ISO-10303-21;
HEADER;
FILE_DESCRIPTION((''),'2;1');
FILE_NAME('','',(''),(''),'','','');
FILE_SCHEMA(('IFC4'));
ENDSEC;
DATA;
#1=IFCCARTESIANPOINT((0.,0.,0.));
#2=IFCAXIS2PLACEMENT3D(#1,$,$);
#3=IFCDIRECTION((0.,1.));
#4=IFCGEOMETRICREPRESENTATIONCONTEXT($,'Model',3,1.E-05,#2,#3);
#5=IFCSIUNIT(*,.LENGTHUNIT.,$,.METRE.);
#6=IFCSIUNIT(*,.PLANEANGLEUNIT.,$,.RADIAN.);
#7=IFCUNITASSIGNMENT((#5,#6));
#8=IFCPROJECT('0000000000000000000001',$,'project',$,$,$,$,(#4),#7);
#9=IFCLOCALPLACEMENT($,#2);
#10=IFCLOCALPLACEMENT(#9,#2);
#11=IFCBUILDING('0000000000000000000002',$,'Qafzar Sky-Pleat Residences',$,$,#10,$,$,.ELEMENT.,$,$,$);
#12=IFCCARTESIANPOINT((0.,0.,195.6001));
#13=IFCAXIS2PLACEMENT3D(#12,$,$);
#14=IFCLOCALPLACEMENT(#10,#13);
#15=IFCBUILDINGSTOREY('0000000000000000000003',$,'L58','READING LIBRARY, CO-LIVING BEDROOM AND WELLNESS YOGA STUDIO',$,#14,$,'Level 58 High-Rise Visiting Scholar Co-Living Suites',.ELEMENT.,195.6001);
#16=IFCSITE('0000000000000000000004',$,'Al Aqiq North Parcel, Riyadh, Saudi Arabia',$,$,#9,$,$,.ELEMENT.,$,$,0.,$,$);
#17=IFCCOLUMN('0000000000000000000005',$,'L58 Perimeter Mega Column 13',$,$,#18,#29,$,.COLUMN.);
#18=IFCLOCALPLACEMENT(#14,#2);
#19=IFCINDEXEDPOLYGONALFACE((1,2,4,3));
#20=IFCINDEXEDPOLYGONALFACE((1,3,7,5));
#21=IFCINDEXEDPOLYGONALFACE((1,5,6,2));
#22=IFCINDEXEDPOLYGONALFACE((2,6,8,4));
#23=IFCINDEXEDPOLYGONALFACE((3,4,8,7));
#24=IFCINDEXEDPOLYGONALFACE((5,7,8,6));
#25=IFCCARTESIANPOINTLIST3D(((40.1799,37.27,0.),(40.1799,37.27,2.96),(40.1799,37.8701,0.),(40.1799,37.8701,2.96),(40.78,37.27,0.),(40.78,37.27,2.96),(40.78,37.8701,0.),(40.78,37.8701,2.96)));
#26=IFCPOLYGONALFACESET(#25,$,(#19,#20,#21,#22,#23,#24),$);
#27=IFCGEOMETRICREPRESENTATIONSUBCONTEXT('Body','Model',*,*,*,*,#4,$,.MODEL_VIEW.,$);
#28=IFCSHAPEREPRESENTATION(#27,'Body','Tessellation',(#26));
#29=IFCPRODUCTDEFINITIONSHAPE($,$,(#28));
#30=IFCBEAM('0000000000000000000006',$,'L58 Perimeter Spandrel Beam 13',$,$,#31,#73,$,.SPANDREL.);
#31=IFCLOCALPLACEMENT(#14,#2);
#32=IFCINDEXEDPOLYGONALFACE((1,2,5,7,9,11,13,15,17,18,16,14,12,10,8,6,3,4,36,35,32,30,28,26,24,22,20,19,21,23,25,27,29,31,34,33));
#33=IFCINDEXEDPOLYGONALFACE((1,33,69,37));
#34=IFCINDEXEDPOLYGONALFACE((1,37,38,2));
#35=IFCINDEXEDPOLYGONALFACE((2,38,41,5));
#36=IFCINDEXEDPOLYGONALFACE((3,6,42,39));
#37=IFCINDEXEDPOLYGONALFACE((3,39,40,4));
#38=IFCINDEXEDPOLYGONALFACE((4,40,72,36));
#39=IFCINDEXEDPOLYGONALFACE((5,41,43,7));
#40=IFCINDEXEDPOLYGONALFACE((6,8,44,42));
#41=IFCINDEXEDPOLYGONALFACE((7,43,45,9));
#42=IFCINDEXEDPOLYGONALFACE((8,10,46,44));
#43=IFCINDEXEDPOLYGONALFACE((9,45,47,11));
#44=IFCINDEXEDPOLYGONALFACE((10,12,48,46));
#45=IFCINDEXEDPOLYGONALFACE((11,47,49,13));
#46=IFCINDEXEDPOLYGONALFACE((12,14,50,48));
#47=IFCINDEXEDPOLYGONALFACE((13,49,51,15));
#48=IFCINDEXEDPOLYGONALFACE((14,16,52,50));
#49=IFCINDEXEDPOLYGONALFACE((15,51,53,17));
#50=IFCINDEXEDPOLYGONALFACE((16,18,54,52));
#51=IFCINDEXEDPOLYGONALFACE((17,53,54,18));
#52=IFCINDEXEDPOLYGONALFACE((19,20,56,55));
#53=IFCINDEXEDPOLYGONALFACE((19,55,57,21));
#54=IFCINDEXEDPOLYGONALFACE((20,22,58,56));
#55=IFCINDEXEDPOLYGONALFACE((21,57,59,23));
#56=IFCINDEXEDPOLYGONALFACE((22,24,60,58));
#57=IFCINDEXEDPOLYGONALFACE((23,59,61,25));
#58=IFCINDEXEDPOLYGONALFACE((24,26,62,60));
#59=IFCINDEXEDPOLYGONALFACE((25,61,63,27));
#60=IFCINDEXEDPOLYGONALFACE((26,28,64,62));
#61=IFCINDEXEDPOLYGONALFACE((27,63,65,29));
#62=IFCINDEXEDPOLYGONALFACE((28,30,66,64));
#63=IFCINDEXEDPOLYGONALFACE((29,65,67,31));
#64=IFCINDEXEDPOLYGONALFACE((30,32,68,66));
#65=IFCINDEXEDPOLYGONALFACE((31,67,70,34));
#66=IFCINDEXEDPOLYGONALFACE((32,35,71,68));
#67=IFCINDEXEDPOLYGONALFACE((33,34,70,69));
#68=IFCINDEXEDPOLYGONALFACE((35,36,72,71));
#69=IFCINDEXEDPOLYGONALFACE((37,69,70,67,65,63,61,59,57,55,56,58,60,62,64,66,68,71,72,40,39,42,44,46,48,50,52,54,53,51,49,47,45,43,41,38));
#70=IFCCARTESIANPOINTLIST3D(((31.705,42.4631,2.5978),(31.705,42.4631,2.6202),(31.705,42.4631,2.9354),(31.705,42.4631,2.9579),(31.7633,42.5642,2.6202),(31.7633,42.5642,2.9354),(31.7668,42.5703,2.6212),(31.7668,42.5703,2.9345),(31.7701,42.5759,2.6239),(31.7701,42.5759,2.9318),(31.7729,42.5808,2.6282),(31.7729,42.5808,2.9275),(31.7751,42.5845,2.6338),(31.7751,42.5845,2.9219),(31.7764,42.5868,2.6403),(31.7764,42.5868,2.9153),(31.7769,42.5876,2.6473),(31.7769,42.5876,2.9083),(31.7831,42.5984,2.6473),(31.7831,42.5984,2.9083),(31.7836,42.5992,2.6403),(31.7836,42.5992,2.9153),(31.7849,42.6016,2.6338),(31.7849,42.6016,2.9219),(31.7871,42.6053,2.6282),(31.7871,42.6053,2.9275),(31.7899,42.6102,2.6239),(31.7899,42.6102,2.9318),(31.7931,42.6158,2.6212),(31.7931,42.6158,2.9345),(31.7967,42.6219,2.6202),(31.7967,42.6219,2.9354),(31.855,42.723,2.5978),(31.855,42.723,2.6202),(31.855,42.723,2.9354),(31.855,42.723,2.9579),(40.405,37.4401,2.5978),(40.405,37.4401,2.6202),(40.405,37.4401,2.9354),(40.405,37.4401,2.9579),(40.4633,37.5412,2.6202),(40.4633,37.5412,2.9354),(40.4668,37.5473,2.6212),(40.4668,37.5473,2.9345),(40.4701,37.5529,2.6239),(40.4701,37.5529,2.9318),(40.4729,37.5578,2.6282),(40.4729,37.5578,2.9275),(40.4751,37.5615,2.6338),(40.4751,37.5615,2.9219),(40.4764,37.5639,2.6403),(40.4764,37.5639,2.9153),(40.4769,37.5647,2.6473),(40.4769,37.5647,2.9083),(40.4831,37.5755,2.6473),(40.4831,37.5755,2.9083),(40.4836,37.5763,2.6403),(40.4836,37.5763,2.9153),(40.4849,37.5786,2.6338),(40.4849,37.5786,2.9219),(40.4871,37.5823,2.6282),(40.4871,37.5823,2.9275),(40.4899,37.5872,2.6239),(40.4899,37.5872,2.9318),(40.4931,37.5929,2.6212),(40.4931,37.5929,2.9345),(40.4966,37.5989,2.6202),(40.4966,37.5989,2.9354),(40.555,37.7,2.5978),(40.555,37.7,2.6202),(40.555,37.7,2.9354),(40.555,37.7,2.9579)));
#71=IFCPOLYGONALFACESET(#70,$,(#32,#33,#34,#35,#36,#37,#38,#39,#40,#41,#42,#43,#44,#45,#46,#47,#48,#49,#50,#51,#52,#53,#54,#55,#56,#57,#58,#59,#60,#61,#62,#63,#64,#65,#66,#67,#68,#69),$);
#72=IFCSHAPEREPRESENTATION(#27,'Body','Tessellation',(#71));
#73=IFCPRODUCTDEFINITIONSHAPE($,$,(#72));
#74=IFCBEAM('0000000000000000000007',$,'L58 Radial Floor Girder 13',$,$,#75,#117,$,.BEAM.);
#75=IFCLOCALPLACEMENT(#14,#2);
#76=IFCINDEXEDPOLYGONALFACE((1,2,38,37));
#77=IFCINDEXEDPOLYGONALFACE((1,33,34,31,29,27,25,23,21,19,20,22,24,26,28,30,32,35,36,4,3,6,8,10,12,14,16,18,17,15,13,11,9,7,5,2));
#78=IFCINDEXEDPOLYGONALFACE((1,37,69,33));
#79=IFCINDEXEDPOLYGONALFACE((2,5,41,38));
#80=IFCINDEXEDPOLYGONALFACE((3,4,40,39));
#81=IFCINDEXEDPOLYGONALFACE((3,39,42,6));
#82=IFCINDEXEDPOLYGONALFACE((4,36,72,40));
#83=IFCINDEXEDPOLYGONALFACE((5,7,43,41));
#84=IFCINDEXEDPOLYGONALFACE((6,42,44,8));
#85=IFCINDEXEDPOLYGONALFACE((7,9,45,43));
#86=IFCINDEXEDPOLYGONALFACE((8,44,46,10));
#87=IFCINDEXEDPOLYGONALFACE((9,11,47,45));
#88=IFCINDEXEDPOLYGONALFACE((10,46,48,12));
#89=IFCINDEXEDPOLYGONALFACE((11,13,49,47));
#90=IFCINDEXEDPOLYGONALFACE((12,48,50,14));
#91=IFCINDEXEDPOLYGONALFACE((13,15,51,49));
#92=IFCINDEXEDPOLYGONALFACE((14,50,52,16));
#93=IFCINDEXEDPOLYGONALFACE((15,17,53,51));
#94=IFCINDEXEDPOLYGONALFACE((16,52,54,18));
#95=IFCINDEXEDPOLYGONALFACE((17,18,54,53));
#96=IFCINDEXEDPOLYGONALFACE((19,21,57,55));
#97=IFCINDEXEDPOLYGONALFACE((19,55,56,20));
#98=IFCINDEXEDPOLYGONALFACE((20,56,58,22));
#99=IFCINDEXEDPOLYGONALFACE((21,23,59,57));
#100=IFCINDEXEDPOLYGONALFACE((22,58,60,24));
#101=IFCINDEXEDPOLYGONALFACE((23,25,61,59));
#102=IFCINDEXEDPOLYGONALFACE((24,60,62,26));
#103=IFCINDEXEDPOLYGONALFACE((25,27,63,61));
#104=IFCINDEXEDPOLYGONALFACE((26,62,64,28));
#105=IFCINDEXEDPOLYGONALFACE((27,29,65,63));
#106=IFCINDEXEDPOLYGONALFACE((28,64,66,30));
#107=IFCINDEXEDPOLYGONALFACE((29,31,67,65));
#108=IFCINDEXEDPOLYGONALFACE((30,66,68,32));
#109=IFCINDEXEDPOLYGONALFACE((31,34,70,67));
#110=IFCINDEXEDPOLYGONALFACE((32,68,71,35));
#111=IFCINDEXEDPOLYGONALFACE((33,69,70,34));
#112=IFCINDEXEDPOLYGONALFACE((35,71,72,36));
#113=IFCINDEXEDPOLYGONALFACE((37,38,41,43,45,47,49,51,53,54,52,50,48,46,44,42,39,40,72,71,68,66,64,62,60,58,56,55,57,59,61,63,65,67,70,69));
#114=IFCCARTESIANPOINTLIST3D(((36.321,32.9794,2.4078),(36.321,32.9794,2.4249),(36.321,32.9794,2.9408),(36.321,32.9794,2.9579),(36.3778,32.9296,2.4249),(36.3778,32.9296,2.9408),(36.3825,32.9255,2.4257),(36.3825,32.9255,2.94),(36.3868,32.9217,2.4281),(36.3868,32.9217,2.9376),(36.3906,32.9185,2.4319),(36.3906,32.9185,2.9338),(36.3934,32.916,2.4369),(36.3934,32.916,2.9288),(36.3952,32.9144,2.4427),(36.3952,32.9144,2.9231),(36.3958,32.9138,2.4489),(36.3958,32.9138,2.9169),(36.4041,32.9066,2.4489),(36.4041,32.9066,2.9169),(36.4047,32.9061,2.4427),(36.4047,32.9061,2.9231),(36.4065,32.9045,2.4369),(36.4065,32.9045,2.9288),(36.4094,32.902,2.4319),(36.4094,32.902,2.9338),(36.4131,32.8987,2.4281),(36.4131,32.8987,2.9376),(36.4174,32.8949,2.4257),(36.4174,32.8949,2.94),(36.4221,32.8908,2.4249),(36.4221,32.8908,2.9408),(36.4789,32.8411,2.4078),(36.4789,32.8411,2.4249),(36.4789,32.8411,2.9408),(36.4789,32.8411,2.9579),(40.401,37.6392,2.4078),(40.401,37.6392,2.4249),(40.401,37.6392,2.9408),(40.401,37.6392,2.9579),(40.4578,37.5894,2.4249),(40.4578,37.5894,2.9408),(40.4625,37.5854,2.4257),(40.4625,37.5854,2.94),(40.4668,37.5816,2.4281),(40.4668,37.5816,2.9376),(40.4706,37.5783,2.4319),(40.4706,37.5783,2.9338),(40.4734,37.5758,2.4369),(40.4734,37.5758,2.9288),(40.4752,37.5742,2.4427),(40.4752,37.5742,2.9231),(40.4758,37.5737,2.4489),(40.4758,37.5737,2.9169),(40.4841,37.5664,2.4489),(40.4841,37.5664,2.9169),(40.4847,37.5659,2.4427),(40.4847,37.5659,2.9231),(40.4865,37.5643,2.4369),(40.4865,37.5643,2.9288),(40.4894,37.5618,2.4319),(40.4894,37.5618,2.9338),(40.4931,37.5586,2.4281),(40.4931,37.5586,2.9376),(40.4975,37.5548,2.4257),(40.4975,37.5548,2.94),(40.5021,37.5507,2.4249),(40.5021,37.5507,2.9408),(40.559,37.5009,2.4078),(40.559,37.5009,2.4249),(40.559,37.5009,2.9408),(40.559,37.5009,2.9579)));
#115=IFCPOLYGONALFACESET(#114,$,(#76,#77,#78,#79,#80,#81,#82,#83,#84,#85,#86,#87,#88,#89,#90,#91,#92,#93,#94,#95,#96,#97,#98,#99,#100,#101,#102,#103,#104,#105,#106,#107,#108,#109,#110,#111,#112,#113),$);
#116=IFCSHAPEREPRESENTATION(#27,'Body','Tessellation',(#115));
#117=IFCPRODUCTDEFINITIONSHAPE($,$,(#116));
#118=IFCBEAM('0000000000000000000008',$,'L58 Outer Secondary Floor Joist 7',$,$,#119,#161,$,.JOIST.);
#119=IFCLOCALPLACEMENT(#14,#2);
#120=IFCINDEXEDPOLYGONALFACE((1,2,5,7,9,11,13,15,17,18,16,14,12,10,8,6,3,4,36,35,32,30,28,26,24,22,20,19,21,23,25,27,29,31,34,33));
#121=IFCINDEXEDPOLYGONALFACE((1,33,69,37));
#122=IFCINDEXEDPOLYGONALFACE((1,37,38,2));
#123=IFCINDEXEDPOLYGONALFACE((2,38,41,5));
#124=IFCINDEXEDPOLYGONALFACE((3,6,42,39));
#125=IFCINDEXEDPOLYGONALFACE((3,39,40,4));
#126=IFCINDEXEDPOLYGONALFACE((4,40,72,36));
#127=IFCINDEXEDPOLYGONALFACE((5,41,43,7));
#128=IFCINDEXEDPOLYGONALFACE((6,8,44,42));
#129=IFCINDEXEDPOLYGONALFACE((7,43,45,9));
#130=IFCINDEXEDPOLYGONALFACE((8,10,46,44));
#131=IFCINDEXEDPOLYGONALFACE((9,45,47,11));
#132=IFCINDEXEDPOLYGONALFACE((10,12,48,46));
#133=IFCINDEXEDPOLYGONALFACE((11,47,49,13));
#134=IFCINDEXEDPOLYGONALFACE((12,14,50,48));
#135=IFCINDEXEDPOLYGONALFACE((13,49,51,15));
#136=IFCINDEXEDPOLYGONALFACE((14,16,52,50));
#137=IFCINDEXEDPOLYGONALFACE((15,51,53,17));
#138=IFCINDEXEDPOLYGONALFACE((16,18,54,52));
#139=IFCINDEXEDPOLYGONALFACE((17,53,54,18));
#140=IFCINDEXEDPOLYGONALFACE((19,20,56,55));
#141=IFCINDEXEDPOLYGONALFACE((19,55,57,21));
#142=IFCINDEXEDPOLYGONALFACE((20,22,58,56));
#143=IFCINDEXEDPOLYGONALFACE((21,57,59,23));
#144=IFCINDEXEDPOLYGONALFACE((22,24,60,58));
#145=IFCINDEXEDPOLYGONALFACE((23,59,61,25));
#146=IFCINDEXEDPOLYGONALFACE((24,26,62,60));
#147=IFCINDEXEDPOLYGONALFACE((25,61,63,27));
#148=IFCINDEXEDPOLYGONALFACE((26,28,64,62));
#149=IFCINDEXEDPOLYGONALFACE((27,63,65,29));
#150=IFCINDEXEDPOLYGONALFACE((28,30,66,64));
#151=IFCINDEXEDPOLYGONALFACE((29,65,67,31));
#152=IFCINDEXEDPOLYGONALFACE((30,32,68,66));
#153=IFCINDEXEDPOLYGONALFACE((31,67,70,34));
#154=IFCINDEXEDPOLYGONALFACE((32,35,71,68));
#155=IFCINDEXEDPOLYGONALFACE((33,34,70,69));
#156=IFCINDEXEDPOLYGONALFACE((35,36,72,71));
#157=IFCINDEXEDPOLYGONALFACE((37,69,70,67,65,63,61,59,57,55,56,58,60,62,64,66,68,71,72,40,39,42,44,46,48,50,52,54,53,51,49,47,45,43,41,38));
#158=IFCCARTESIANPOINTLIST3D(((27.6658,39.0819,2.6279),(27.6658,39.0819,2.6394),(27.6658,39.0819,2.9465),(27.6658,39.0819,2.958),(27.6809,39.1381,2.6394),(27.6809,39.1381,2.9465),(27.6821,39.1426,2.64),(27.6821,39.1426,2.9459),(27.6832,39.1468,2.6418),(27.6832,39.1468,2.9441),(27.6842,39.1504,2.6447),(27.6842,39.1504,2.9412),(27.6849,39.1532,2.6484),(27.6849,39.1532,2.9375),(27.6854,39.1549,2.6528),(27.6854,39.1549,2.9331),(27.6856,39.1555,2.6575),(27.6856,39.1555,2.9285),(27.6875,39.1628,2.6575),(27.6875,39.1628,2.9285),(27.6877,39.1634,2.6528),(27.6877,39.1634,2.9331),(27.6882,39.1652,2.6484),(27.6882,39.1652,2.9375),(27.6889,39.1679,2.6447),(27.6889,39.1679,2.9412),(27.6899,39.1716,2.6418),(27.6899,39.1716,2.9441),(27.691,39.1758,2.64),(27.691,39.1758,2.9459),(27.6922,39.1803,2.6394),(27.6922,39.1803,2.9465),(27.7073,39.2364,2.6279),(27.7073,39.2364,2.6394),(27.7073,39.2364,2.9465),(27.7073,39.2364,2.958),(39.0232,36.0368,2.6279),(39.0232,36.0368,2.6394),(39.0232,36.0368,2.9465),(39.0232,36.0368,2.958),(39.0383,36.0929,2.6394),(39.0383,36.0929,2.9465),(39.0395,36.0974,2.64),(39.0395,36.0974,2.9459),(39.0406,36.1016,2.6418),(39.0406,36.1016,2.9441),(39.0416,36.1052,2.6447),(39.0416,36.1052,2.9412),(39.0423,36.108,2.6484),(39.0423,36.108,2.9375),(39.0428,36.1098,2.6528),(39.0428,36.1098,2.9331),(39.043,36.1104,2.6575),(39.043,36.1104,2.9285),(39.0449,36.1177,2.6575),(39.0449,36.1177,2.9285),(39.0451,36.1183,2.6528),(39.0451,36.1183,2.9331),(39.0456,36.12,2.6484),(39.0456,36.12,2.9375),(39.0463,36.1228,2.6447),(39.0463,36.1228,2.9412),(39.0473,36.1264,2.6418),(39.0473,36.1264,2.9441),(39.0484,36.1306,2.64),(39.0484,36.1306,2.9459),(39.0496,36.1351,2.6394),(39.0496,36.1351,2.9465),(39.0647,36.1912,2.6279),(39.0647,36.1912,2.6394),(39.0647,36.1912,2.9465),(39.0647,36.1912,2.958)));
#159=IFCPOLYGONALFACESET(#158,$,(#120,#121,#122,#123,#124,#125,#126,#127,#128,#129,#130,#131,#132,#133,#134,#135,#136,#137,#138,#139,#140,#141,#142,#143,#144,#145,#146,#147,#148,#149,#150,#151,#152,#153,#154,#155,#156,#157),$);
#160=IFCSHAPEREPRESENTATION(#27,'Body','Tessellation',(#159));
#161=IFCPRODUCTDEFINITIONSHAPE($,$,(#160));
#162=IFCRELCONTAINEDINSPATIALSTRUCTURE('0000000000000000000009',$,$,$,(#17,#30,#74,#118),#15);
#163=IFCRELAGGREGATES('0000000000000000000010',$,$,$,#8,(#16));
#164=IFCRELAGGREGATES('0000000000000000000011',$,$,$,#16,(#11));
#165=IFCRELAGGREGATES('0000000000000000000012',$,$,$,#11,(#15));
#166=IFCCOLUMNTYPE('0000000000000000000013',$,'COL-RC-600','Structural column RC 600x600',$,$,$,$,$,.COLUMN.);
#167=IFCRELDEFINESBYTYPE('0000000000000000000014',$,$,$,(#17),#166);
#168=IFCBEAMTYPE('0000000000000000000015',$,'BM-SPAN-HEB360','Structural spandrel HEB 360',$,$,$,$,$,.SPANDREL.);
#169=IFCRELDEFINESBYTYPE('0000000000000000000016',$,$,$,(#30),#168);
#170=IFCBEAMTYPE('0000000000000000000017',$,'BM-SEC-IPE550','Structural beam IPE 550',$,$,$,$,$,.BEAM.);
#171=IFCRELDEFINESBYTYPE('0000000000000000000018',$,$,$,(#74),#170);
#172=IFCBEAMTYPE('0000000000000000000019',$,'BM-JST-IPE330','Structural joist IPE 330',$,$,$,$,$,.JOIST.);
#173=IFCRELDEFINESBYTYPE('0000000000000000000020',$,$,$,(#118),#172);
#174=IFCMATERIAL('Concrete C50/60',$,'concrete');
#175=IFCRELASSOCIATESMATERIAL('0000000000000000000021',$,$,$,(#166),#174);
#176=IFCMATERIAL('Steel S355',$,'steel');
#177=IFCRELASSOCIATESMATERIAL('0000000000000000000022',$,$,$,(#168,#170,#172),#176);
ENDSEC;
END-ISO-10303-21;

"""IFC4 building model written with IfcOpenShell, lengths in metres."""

from ifc_helpers import new_model, si_unit, direction, frame, origin, origin_2d, place, context, subcontext, project, spatial, rectangle, i_section, extrude, source, transform, mapped, material, material_profile, profile_set, type_object, element, save


model = new_model("IFC4")

# Units and contexts
model_context = context("Model", 3, precision=1e-05, world=origin(), true_north=direction((0.0, 1.0)))
body_context = subcontext(model_context, "Body", "Model", "MODEL_VIEW")
ifc_project = project(units=[si_unit("LENGTHUNIT", "METRE"), si_unit("PLANEANGLEUNIT", "RADIAN")], contexts=[model_context])

# Site, building, storey
site_placement = place(None, origin())
site = spatial("IfcSite", under=ifc_project, at=site_placement, Name="Al Aqiq North Parcel, Riyadh, Saudi Arabia", CompositionType="ELEMENT", RefElevation=0.0)
building_placement = place(site_placement, origin())
building = spatial("IfcBuilding", under=site, at=building_placement, Name="Qafzar Sky-Pleat Residences", CompositionType="ELEMENT")
storey_placement = place(building_placement, frame((0.0, 0.0, 195.6001)))
storey = spatial("IfcBuildingStorey", under=building, at=storey_placement, Name="L58", Description="READING LIBRARY, CO-LIVING BEDROOM AND WELLNESS YOGA STUDIO", LongName="Level 58 High-Rise Visiting Scholar Co-Living Suites", CompositionType="ELEMENT", Elevation=195.6001)

# Column
ifc_material_1 = material(Name="Concrete C50/60", Category="concrete")
ifc_material_profile_1 = material_profile(ifc_material_1, rectangle(XDim=0.6001, YDim=0.6001, at=origin_2d()), Name="RC 600x600")
ifc_profile_set_1 = profile_set([ifc_material_profile_1], Name="Concrete C50/60")
column_type = type_object("IfcColumnType", Name="COL-RC-600", Description="Structural column RC 600x600", PredefinedType="COLUMN", material=ifc_profile_set_1)
shared_shape_1 = source(origin(), body_context, "Body", "SweptSolid", [
    extrude(rectangle(XDim=0.6001, YDim=0.6001, at=origin_2d()), origin(), (0.0, 0.0, 1.0), 2.96),
])
column_placement = place(storey_placement, frame((40.48, 37.5701, 0.0), z_axis=(0.0, 0.0, 1.0), x_axis=(1.0, 0.0, 0.0)))
element("IfcColumn", 1, at=column_placement, inside=storey, type_object=column_type, Name="L58 Perimeter Mega Column 13", PredefinedType="COLUMN", context=body_context, shape_type="MappedRepresentation", body=[
    mapped(shared_shape_1, transform((0.0, 0.0, 0.0), x_axis=(1.0, 0.0, 0.0), y_axis=(0.0, 1.0, 0.0), z_axis=(0.0, 0.0, 1.0), scale=1.0)),
])

# Beams
ifc_material_2 = material(Name="Steel S355", Category="steel")
ifc_material_profile_2 = material_profile(ifc_material_2, i_section(OverallWidth=0.3, OverallDepth=0.3601, WebThickness=0.0125, FlangeThickness=0.0225, FilletRadius=0.0271, at=origin_2d()), Name="HEB 360")
ifc_profile_set_2 = profile_set([ifc_material_profile_2], Name="Steel S355")
beam_type_1 = type_object("IfcBeamType", Name="BM-SPAN-HEB360", Description="Structural spandrel HEB 360", PredefinedType="SPANDREL", material=ifc_profile_set_2)
shared_shape_2 = source(origin(), body_context, "Body", "SweptSolid", [
    extrude(i_section(OverallWidth=0.3, OverallDepth=0.3601, WebThickness=0.0125, FlangeThickness=0.0225, FilletRadius=0.0271, at=origin_2d()), origin(), (0.0, 0.0, 1.0), 10.0459),
])
beam_1_placement = place(storey_placement, frame((40.48, 37.5701, 2.7778), z_axis=(-0.866024, 0.500002, 0.0), x_axis=(-0.500002, -0.866024, 0.0)))
element("IfcBeam", 2, at=beam_1_placement, inside=storey, type_object=beam_type_1, Name="L58 Perimeter Spandrel Beam 13", PredefinedType="SPANDREL", context=body_context, shape_type="MappedRepresentation", body=[
    mapped(shared_shape_2, transform((0.0, 0.0, 0.0), x_axis=(1.0, 0.0, 0.0), y_axis=(0.0, 1.0, 0.0), z_axis=(0.0, 0.0, 1.0), scale=1.0)),
])
ifc_material_profile_3 = material_profile(ifc_material_2, i_section(OverallWidth=0.21, OverallDepth=0.55, WebThickness=0.011, FlangeThickness=0.0171, FilletRadius=0.0239, at=origin_2d()), Name="IPE 550")
ifc_profile_set_3 = profile_set([ifc_material_profile_3], Name="Steel S355")
beam_type_2 = type_object("IfcBeamType", Name="BM-SEC-IPE550", Description="Structural beam IPE 550", PredefinedType="BEAM", material=ifc_profile_set_3)
shared_shape_3 = source(origin(), body_context, "Body", "SweptSolid", [
    extrude(i_section(OverallWidth=0.21, OverallDepth=0.55, WebThickness=0.011, FlangeThickness=0.0171, FilletRadius=0.0239, at=origin_2d()), origin(), (0.0, 0.0, 1.0), 6.1936),
])
beam_2_placement = place(storey_placement, frame((40.48, 37.5701, 2.6829), z_axis=(-0.658747, -0.752364, 0.0), x_axis=(0.752364, -0.658747, 0.0)))
element("IfcBeam", 3, at=beam_2_placement, inside=storey, type_object=beam_type_2, Name="L58 Radial Floor Girder 13", PredefinedType="BEAM", context=body_context, shape_type="MappedRepresentation", body=[
    mapped(shared_shape_3, transform((0.0, 0.0, 0.0), x_axis=(1.0, 0.0, 0.0), y_axis=(0.0, 1.0, 0.0), z_axis=(0.0, 0.0, 1.0), scale=1.0)),
])
ifc_material_profile_4 = material_profile(ifc_material_2, i_section(OverallWidth=0.1599, OverallDepth=0.3301, WebThickness=0.0076, FlangeThickness=0.0115, FilletRadius=0.0181, at=origin_2d()), Name="IPE 330")
ifc_profile_set_4 = profile_set([ifc_material_profile_4], Name="Steel S355")
beam_type_3 = type_object("IfcBeamType", Name="BM-JST-IPE330", Description="Structural joist IPE 330", PredefinedType="JOIST", material=ifc_profile_set_4)
shared_shape_4 = source(origin(), body_context, "Body", "SweptSolid", [
    extrude(i_section(OverallWidth=0.1599, OverallDepth=0.3301, WebThickness=0.0076, FlangeThickness=0.0115, FilletRadius=0.0181, at=origin_2d()), origin(), (0.0, 0.0, 1.0), 11.7585),
])
beam_3_placement = place(storey_placement, frame((39.0439, 36.114, 2.793), z_axis=(-0.965884, 0.258974, 0.0), x_axis=(-0.258974, -0.965884, 0.0)))
element("IfcBeam", 4, at=beam_3_placement, inside=storey, type_object=beam_type_3, Name="L58 Outer Secondary Floor Joist 7", PredefinedType="JOIST", context=body_context, shape_type="MappedRepresentation", body=[
    mapped(shared_shape_4, transform((0.0, 0.0, 0.0), x_axis=(1.0, 0.0, 0.0), y_axis=(0.0, 1.0, 0.0), z_axis=(0.0, 0.0, 1.0), scale=1.0)),
])

save(model, "model.ifc")
